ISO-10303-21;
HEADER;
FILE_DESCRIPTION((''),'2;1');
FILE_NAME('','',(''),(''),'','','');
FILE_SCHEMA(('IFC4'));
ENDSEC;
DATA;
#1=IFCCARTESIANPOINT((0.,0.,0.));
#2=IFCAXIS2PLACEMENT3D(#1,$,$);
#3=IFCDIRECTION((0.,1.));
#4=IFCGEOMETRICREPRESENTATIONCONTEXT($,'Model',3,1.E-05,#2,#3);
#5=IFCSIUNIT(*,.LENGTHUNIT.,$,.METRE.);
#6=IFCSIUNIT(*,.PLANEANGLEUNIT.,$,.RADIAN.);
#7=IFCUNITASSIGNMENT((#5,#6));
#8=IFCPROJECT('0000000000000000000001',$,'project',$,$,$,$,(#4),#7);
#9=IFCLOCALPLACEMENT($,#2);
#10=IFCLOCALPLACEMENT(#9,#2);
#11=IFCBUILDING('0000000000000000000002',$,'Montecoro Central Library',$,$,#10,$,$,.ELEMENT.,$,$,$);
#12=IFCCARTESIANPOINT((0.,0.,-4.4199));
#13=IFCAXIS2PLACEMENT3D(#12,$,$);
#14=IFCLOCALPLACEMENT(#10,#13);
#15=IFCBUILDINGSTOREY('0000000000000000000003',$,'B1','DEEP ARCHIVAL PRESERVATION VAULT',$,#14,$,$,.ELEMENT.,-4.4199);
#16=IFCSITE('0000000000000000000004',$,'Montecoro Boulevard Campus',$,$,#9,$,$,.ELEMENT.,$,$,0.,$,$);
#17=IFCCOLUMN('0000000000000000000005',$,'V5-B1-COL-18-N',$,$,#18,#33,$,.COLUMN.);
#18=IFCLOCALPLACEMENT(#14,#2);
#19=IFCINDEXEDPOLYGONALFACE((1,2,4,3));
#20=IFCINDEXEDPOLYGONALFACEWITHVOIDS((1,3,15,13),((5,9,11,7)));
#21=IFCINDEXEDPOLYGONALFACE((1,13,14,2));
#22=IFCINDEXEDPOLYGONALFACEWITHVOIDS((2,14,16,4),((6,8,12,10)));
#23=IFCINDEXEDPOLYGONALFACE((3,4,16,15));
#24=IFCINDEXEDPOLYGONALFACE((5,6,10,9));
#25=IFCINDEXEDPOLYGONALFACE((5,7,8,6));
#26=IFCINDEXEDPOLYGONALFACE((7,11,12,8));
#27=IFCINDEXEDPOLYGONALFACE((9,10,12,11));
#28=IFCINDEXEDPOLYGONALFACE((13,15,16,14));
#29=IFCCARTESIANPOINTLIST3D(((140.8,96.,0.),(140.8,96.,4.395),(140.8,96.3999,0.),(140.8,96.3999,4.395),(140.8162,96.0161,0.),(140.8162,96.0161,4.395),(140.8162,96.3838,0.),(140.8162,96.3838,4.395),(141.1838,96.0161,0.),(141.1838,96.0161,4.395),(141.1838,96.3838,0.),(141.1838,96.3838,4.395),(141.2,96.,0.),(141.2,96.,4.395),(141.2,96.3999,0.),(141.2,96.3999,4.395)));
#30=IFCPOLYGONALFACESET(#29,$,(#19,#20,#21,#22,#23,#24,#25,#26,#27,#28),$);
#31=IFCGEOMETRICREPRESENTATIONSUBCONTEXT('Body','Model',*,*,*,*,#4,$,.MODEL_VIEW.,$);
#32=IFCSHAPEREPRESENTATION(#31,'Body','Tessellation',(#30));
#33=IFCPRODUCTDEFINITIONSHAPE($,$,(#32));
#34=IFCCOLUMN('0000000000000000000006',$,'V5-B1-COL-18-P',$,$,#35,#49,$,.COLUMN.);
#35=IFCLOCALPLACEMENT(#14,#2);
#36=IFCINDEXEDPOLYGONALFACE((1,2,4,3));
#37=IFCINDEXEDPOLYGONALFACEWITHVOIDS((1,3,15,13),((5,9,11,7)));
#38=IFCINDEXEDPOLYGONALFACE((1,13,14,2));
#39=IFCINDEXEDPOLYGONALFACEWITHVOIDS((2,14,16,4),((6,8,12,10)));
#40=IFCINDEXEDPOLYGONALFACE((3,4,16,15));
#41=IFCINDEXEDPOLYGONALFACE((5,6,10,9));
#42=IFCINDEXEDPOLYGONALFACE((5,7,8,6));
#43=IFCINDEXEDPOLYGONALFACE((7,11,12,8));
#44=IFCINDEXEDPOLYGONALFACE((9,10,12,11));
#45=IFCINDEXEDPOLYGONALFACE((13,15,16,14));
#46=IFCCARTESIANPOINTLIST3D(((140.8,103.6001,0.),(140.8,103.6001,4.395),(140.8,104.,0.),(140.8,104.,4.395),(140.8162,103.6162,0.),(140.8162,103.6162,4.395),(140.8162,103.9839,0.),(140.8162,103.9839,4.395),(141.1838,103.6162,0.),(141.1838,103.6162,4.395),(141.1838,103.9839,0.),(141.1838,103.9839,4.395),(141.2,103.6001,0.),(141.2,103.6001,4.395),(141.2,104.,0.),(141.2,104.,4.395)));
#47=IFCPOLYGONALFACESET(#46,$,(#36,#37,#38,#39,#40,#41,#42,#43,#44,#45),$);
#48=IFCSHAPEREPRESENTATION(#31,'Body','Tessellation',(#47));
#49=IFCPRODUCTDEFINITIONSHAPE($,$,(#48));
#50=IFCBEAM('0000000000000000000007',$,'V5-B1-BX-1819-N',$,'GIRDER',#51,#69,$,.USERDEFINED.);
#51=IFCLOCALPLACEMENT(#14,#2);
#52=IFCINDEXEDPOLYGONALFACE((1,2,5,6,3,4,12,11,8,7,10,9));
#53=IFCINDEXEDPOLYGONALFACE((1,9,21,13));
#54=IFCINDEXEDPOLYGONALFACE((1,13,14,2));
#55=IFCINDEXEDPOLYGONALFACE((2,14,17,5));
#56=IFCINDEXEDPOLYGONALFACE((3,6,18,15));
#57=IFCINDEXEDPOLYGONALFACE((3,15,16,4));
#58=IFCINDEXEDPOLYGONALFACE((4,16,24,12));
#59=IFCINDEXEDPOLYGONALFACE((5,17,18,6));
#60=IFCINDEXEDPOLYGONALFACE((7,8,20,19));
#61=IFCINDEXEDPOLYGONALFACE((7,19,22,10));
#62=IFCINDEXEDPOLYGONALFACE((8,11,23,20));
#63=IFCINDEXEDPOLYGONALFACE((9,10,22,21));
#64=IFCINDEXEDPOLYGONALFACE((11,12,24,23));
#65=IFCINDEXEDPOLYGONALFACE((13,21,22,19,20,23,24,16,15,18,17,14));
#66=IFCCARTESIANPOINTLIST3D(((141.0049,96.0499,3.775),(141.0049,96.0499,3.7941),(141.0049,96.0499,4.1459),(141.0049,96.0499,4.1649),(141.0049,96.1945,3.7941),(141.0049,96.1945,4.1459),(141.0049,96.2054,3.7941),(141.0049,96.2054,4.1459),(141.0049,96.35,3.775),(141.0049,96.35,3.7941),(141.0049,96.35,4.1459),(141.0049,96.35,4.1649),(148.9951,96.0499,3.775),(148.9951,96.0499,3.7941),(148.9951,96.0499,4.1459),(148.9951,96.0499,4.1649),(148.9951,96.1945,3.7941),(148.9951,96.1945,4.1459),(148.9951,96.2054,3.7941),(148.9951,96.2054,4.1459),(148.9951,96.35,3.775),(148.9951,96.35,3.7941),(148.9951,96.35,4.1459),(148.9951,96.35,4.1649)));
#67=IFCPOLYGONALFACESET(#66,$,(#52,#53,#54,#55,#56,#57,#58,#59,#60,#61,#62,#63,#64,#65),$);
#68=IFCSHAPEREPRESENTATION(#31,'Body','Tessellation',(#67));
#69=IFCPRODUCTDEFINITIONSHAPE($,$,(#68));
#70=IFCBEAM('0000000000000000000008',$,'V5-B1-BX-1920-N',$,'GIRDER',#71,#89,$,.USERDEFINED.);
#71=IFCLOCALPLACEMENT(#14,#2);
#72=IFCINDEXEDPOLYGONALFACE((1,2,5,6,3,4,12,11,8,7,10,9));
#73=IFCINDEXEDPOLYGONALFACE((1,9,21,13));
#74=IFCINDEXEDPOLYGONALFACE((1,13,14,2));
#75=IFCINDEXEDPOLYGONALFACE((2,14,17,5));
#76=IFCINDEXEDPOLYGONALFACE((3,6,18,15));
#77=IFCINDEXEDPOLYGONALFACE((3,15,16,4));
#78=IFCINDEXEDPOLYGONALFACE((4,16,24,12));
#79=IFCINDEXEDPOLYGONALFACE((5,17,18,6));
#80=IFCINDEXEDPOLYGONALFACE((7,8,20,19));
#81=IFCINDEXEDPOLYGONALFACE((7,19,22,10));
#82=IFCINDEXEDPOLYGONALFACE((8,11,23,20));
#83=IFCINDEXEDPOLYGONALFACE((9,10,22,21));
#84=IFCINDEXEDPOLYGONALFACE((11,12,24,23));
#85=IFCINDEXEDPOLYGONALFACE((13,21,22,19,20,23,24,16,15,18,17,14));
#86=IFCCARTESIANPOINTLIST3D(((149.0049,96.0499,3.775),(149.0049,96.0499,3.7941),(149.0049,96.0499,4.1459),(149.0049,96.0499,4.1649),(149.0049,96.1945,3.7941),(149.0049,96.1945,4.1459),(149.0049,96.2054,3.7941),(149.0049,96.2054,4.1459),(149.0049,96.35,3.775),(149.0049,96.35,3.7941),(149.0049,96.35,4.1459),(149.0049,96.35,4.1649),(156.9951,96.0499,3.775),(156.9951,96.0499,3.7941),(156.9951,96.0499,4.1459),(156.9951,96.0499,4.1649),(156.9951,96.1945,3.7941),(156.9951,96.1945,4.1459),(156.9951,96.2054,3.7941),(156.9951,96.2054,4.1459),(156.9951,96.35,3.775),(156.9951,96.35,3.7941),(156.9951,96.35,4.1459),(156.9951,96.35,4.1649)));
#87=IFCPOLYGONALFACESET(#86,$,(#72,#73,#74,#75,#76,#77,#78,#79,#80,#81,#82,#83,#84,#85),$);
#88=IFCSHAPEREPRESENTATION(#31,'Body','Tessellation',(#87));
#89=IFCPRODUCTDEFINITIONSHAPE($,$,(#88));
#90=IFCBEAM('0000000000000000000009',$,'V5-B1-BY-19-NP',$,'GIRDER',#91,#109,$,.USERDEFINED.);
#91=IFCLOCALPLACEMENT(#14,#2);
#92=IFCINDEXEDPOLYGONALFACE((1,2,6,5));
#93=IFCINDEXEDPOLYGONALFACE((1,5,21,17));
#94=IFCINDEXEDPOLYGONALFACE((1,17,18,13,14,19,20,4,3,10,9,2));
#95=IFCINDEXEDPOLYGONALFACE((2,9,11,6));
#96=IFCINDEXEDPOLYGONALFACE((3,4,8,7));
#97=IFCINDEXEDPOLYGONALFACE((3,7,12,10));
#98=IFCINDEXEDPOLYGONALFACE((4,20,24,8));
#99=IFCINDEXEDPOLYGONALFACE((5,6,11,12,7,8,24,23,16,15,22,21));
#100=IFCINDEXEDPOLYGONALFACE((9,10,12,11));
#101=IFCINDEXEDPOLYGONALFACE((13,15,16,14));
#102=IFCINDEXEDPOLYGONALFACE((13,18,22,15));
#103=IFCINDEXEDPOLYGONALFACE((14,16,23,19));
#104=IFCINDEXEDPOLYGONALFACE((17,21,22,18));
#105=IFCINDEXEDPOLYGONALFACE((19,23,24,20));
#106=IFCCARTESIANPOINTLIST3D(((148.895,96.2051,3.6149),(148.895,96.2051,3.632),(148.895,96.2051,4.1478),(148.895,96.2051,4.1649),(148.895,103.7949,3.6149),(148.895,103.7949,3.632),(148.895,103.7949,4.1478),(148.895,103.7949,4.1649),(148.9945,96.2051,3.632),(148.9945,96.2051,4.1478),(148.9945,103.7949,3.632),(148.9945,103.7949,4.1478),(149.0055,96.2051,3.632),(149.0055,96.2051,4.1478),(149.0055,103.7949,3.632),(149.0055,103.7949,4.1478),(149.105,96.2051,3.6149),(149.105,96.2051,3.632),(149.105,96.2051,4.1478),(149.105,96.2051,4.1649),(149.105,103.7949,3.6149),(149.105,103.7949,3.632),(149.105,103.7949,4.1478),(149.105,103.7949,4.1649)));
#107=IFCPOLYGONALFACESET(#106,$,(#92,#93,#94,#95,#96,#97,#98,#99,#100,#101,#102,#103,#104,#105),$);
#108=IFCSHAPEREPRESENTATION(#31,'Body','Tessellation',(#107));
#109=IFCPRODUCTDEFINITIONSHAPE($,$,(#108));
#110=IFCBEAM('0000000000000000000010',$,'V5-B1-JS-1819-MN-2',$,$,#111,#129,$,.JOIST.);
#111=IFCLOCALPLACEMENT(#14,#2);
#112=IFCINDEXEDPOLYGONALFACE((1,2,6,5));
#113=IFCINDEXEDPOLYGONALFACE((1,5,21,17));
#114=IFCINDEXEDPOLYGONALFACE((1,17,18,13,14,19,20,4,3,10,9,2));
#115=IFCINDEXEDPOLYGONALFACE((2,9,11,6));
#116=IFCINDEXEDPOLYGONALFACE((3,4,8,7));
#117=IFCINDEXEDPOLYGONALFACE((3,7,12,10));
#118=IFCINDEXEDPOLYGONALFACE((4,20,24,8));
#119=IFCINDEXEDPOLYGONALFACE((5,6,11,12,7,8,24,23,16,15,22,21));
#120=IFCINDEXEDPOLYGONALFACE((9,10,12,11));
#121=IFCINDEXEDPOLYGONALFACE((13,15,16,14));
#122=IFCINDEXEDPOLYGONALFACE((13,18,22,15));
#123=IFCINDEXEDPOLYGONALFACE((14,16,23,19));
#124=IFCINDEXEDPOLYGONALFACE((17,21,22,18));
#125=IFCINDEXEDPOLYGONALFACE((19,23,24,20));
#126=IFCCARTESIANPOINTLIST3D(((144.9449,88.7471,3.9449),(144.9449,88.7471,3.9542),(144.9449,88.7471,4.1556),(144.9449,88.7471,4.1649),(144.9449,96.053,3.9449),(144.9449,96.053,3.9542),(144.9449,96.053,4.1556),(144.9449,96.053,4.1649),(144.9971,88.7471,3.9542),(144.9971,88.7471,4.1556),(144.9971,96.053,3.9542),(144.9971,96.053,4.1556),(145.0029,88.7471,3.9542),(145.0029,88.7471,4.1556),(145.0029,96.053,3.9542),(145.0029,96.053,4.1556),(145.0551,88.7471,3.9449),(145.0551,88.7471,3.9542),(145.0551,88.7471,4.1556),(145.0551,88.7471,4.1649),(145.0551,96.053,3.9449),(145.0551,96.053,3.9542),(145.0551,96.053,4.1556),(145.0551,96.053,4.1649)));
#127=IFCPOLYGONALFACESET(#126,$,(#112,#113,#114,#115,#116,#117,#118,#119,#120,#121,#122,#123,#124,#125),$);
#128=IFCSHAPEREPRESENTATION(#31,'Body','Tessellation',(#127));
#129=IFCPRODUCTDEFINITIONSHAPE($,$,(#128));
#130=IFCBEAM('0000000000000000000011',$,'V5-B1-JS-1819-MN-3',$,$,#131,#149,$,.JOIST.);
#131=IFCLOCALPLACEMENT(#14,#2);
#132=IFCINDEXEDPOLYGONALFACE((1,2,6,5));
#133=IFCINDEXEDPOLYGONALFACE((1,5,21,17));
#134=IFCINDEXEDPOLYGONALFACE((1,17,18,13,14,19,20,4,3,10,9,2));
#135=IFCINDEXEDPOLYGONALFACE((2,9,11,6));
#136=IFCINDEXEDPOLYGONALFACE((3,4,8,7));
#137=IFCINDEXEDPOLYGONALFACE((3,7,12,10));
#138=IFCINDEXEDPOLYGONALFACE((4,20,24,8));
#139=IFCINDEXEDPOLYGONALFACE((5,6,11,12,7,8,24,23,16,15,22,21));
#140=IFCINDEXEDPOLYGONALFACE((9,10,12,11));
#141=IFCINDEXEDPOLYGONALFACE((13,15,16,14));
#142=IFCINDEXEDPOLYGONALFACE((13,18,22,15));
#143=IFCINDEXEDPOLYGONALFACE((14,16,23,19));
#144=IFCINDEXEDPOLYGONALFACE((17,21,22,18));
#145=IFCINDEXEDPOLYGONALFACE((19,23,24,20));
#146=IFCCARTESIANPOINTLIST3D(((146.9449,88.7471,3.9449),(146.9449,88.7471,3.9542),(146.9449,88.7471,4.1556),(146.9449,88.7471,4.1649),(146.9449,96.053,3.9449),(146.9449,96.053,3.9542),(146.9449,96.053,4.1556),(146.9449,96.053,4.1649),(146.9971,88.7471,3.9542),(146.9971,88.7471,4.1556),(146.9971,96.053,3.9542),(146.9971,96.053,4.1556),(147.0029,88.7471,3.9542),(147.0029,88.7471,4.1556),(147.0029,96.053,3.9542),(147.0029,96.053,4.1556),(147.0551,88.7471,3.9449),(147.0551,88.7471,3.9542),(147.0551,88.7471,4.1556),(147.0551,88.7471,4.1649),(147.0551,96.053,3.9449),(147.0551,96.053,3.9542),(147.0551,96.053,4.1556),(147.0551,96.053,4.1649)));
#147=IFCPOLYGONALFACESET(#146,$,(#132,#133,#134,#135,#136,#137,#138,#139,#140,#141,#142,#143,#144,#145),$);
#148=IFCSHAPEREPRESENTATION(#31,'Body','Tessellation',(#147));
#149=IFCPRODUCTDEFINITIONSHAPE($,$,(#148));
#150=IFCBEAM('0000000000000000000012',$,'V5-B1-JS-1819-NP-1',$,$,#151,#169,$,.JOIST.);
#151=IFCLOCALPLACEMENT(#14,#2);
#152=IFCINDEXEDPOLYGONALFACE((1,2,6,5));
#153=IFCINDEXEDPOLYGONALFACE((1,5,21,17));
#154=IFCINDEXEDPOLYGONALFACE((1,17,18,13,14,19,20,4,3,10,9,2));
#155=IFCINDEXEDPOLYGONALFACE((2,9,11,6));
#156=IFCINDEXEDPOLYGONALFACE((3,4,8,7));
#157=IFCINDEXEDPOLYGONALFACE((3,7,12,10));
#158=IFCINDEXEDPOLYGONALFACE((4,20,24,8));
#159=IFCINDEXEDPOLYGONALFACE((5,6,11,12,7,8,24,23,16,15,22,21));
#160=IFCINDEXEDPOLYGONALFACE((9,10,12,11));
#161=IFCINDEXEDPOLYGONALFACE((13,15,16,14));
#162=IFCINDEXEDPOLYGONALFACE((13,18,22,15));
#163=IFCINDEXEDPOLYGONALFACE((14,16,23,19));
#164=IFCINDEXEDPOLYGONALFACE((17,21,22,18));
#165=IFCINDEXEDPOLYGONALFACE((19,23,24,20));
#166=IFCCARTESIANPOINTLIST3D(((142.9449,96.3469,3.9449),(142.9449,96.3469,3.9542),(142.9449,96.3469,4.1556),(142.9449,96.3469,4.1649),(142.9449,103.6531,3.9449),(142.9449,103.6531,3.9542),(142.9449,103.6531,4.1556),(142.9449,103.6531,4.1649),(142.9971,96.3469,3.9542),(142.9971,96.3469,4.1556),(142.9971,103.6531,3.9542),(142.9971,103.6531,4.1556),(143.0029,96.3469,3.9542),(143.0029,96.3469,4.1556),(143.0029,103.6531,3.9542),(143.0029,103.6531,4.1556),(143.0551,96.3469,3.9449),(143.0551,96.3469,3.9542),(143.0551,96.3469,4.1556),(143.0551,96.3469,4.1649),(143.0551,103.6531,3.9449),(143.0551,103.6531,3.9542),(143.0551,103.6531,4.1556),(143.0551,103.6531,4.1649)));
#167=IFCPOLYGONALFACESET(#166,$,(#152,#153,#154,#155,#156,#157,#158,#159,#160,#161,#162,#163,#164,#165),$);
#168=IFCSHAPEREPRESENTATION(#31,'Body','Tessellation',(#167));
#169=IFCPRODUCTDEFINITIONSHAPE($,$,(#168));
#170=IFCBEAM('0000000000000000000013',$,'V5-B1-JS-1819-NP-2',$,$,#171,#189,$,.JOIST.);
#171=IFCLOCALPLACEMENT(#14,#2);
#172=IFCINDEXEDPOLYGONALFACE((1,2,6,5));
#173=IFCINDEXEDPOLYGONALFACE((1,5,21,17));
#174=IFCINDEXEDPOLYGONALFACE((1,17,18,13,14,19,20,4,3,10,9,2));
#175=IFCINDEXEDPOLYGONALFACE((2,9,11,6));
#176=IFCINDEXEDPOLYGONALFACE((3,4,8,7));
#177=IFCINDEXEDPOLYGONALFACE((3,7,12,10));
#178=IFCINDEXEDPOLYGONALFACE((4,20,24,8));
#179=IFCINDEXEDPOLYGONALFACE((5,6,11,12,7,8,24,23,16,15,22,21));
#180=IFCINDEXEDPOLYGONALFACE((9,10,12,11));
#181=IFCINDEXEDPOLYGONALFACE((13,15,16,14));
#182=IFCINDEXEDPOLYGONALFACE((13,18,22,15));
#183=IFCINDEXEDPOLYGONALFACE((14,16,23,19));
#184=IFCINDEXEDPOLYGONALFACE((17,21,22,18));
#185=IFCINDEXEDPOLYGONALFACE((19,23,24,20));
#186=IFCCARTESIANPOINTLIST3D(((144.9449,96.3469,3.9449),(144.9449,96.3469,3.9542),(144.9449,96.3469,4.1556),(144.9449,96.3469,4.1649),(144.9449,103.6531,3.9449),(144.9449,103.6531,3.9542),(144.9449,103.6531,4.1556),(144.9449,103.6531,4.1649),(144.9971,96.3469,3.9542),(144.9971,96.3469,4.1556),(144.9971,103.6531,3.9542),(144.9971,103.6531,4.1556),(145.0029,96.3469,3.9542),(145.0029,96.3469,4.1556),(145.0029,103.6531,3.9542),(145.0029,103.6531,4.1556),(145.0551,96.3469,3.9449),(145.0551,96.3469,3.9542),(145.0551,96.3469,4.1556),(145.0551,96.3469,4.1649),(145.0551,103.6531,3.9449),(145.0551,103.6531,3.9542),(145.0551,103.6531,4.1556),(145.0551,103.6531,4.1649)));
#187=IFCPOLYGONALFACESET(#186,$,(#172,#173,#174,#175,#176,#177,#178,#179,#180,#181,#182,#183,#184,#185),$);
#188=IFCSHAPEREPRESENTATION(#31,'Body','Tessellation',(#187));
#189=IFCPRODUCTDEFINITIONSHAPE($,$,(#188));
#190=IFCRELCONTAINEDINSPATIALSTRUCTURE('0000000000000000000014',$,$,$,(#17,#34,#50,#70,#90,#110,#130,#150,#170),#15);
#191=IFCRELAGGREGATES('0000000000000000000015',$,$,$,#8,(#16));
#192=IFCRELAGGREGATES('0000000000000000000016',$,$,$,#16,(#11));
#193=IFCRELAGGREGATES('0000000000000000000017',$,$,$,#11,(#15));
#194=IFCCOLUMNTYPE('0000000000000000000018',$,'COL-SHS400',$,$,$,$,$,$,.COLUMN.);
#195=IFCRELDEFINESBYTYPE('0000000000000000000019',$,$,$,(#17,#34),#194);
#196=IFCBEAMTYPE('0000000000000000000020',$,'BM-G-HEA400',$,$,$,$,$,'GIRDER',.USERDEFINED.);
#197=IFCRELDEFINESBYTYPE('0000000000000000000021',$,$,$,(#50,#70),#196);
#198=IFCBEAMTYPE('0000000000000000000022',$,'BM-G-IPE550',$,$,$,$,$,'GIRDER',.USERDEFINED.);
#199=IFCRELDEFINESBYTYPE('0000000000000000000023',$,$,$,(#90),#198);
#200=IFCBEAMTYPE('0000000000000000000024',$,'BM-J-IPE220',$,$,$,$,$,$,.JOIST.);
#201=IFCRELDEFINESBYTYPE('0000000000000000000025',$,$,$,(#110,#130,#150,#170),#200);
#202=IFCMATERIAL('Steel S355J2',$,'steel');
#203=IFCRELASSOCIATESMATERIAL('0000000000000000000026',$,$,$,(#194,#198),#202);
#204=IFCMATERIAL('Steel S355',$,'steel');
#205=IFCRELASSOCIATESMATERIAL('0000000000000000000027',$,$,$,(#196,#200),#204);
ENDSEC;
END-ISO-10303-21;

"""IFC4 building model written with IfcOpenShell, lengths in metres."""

from ifc_helpers import new_model, si_unit, direction, frame, origin, origin_2d, place, context, subcontext, project, spatial, hollow_rectangle, i_section, extrude, material, material_profile, profile_set, type_object, element, save


model = new_model("IFC4")

# Units and contexts
model_context = context("Model", 3, precision=1e-05, world=origin(), true_north=direction((0.0, 1.0)))
body_context = subcontext(model_context, "Body", "Model", "MODEL_VIEW")
ifc_project = project(units=[si_unit("LENGTHUNIT", "METRE"), si_unit("PLANEANGLEUNIT", "RADIAN")], contexts=[model_context])

# Site, building, storey
site_placement = place(None, origin())
site = spatial("IfcSite", under=ifc_project, at=site_placement, Name="Montecoro Boulevard Campus", CompositionType="ELEMENT", RefElevation=0.0)
building_placement = place(site_placement, origin())
building = spatial("IfcBuilding", under=site, at=building_placement, Name="Montecoro Central Library", CompositionType="ELEMENT")
storey_placement = place(building_placement, frame((0.0, 0.0, -4.4199)))
storey = spatial("IfcBuildingStorey", under=building, at=storey_placement, Name="B1", Description="DEEP ARCHIVAL PRESERVATION VAULT", CompositionType="ELEMENT", Elevation=-4.4199)

# Columns
ifc_material_1 = material(Name="Steel S355J2", Category="steel")
ifc_material_profile_1 = material_profile(ifc_material_1, hollow_rectangle(XDim=0.3999, YDim=0.3999, WallThickness=0.0161, at=origin_2d()), Name="SHS 400x400x16.0")
ifc_profile_set_1 = profile_set([ifc_material_profile_1], Name="Steel S355J2")
column_type_1 = type_object("IfcColumnType", Name="COL-SHS400", PredefinedType="COLUMN", material=ifc_profile_set_1)
for number, where, z_axis, x_axis, name in (
    (1, (141.0, 96.2, 0.0), (0.0, 0.0, 1.0), (1.0, 0.0, 0.0), "V5-B1-COL-18-N"),
    (2, (141.0, 103.8, 0.0), (0.0, 0.0, 1.0), (1.0, 0.0, 0.0), "V5-B1-COL-18-P"),
):
    element("IfcColumn", number, at=place(storey_placement, frame(where, z_axis=z_axis, x_axis=x_axis)), inside=storey, type_object=column_type_1, Name=name, PredefinedType="COLUMN", context=body_context, shape_type="SweptSolid", body=[
        extrude(hollow_rectangle(XDim=0.3999, YDim=0.3999, WallThickness=0.0161, at=origin_2d()), origin(), (0.0, 0.0, 1.0), 4.395),
    ])

# Beams
ifc_material_2 = material(Name="Steel S355", Category="steel")
ifc_material_profile_2 = material_profile(ifc_material_2, i_section(OverallWidth=0.3, OverallDepth=0.3899, WebThickness=0.011, FlangeThickness=0.019, at=origin_2d()), Name="HEA 400")
ifc_profile_set_2 = profile_set([ifc_material_profile_2], Name="Steel S355")
beam_type_1 = type_object("IfcBeamType", Name="BM-G-HEA400", ElementType="GIRDER", PredefinedType="USERDEFINED", material=ifc_profile_set_2)
for number, where, z_axis, x_axis, name in (
    (3, (141.0049, 96.2, 3.97), (1.0, 0.0, 0.0), (0.0, 1.0, 0.0), "V5-B1-BX-1819-N"),
    (4, (149.0049, 96.2, 3.97), (1.0, 0.0, 0.0), (0.0, 1.0, 0.0), "V5-B1-BX-1920-N"),
):
    element("IfcBeam", number, at=place(storey_placement, frame(where, z_axis=z_axis, x_axis=x_axis)), inside=storey, type_object=beam_type_1, Name=name, ObjectType="GIRDER", PredefinedType="USERDEFINED", context=body_context, shape_type="SweptSolid", body=[
        extrude(i_section(OverallWidth=0.3, OverallDepth=0.3899, WebThickness=0.011, FlangeThickness=0.019, at=origin_2d()), origin(), (0.0, 0.0, 1.0), 7.9902),
    ])
ifc_material_profile_3 = material_profile(ifc_material_1, i_section(OverallWidth=0.21, OverallDepth=0.55, WebThickness=0.011, FlangeThickness=0.0171, at=origin_2d()), Name="IPE 550")
ifc_profile_set_3 = profile_set([ifc_material_profile_3], Name="Steel S355J2")
beam_type_2 = type_object("IfcBeamType", Name="BM-G-IPE550", ElementType="GIRDER", PredefinedType="USERDEFINED", material=ifc_profile_set_3)
beam_1_placement = place(storey_placement, frame((149.0, 96.2051, 3.8899), z_axis=(0.0, 1.0, 0.0), x_axis=(-1.0, 0.0, 0.0)))
element("IfcBeam", 5, at=beam_1_placement, inside=storey, type_object=beam_type_2, Name="V5-B1-BY-19-NP", ObjectType="GIRDER", PredefinedType="USERDEFINED", context=body_context, shape_type="SweptSolid", body=[
    extrude(i_section(OverallWidth=0.21, OverallDepth=0.55, WebThickness=0.011, FlangeThickness=0.0171, at=origin_2d()), origin(), (0.0, 0.0, 1.0), 7.5898),
])
ifc_material_profile_4 = material_profile(ifc_material_2, i_section(OverallWidth=0.1101, OverallDepth=0.22, WebThickness=0.0059, FlangeThickness=0.0093, at=origin_2d()), Name="IPE 220")
ifc_profile_set_4 = profile_set([ifc_material_profile_4], Name="Steel S355")
beam_type_3 = type_object("IfcBeamType", Name="BM-J-IPE220", PredefinedType="JOIST", material=ifc_profile_set_4)
for number, where, z_axis, x_axis, name in (
    (6, (145.0, 88.7471, 4.0549), (0.0, 1.0, 0.0), (-1.0, 0.0, 0.0), "V5-B1-JS-1819-MN-2"),
    (7, (147.0, 88.7471, 4.0549), (0.0, 1.0, 0.0), (-1.0, 0.0, 0.0), "V5-B1-JS-1819-MN-3"),
):
    element("IfcBeam", number, at=place(storey_placement, frame(where, z_axis=z_axis, x_axis=x_axis)), inside=storey, type_object=beam_type_3, Name=name, PredefinedType="JOIST", context=body_context, shape_type="SweptSolid", body=[
        extrude(i_section(OverallWidth=0.1101, OverallDepth=0.22, WebThickness=0.0059, FlangeThickness=0.0093, at=origin_2d()), origin(), (0.0, 0.0, 1.0), 7.3059),
    ])
for number, where, z_axis, x_axis, name in (
    (8, (143.0, 96.3469, 4.0549), (0.0, 1.0, 0.0), (-1.0, 0.0, 0.0), "V5-B1-JS-1819-NP-1"),
    (9, (145.0, 96.3469, 4.0549), (0.0, 1.0, 0.0), (-1.0, 0.0, 0.0), "V5-B1-JS-1819-NP-2"),
):
    element("IfcBeam", number, at=place(storey_placement, frame(where, z_axis=z_axis, x_axis=x_axis)), inside=storey, type_object=beam_type_3, Name=name, PredefinedType="JOIST", context=body_context, shape_type="SweptSolid", body=[
        extrude(i_section(OverallWidth=0.1101, OverallDepth=0.22, WebThickness=0.0059, FlangeThickness=0.0093, at=origin_2d()), origin(), (0.0, 0.0, 1.0), 7.3062),
    ])

save(model, "model.ifc")
